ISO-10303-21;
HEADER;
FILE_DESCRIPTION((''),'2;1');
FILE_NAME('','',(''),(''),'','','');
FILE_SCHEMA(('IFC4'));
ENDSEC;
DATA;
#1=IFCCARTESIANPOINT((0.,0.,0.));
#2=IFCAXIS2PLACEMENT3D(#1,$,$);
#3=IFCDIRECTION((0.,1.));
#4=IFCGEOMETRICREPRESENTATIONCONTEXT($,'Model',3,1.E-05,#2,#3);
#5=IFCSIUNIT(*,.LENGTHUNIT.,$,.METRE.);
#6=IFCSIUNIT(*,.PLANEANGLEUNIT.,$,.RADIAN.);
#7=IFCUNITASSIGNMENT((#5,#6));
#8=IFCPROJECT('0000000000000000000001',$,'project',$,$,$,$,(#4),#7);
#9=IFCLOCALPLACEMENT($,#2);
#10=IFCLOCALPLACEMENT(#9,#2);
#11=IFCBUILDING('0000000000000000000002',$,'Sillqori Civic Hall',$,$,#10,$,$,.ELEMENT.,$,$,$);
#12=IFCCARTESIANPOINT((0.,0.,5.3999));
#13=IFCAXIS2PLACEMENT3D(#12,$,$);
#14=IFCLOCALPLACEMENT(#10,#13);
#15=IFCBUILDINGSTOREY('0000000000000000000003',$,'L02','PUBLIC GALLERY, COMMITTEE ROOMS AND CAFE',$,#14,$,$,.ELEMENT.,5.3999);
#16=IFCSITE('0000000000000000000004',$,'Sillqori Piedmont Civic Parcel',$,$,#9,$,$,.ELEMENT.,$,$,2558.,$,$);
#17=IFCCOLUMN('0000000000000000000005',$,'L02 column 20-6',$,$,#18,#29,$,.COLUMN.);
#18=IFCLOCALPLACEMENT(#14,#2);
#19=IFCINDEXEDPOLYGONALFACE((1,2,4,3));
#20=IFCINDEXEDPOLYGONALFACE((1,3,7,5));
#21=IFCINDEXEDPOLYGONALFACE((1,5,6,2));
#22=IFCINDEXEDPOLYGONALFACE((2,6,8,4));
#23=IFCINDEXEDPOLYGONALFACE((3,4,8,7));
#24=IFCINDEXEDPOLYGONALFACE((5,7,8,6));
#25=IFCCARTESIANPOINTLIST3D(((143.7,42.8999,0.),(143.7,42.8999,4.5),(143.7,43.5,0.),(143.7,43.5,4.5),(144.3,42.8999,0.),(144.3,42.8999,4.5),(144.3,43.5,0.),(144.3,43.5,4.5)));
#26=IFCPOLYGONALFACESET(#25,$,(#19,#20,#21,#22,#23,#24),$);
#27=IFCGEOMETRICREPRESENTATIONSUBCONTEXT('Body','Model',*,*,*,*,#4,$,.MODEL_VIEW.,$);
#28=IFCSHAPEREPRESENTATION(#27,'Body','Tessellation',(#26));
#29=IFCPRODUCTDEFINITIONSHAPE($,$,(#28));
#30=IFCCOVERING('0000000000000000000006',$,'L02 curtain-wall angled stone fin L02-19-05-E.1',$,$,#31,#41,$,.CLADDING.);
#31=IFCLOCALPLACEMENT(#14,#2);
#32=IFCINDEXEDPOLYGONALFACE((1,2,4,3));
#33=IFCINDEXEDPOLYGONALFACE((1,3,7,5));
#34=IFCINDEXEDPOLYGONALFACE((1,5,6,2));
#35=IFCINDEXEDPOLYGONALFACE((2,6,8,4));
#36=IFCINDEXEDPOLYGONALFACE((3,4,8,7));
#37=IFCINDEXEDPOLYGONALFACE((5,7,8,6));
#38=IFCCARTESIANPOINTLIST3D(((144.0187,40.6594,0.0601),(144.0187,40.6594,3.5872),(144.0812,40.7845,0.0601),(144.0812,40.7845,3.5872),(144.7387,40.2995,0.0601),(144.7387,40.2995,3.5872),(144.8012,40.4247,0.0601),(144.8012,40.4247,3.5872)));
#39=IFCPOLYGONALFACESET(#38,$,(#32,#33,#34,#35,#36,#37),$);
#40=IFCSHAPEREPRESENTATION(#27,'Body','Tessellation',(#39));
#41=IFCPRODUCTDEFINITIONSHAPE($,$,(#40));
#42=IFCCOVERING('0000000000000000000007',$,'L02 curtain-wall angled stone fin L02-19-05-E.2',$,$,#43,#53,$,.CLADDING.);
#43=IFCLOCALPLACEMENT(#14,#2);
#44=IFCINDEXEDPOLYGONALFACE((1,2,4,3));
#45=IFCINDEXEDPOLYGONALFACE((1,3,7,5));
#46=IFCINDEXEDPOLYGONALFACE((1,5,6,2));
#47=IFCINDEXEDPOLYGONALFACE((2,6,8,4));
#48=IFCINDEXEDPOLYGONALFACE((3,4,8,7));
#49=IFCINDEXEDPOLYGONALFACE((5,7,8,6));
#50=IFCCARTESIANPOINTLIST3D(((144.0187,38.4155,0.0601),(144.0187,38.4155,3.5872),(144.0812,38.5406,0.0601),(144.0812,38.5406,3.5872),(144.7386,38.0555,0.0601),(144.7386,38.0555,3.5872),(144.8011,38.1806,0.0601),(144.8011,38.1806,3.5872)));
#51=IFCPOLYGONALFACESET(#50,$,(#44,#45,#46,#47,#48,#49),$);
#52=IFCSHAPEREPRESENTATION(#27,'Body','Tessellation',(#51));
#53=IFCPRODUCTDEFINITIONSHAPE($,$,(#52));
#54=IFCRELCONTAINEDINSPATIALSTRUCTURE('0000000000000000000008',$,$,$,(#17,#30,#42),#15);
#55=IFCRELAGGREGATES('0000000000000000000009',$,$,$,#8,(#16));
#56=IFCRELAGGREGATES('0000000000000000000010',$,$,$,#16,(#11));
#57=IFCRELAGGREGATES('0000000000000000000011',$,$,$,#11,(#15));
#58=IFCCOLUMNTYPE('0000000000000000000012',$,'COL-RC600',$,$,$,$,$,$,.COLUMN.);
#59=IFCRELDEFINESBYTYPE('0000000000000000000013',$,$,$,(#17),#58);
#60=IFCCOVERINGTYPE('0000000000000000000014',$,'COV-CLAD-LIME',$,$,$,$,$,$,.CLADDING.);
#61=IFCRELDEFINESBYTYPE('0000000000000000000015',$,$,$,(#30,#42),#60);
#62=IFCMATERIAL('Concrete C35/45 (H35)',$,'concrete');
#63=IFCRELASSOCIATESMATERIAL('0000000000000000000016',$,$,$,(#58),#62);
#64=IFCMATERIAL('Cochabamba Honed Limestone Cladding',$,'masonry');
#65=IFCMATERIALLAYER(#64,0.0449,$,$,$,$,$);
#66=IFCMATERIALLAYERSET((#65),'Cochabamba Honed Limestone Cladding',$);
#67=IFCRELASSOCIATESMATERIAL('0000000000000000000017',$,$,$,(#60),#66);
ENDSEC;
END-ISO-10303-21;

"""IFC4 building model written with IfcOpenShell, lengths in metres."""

from ifc_helpers import new_model, si_unit, direction, frame, frame_2d, origin, origin_2d, place, context, subcontext, project, spatial, rectangle, extrude, material, layer, layer_set, material_profile, profile_set, type_object, element, save


model = new_model("IFC4")

# Units and contexts
model_context = context("Model", 3, precision=1e-05, world=origin(), true_north=direction((0.0, 1.0)))
body_context = subcontext(model_context, "Body", "Model", "MODEL_VIEW")
ifc_project = project(units=[si_unit("LENGTHUNIT", "METRE"), si_unit("PLANEANGLEUNIT", "RADIAN")], contexts=[model_context])

# Site, building, storey
site_placement = place(None, origin())
site = spatial("IfcSite", under=ifc_project, at=site_placement, Name="Sillqori Piedmont Civic Parcel", CompositionType="ELEMENT", RefElevation=2558.0)
building_placement = place(site_placement, origin())
building = spatial("IfcBuilding", under=site, at=building_placement, Name="Sillqori Civic Hall", CompositionType="ELEMENT")
storey_placement = place(building_placement, frame((0.0, 0.0, 5.3999)))
storey = spatial("IfcBuildingStorey", under=building, at=storey_placement, Name="L02", Description="PUBLIC GALLERY, COMMITTEE ROOMS AND CAFE", CompositionType="ELEMENT", Elevation=5.3999)

# Column
ifc_material_1 = material(Name="Concrete C35/45 (H35)", Category="concrete")
ifc_material_profile_1 = material_profile(ifc_material_1, rectangle(XDim=0.6001, YDim=0.6001, at=origin_2d()), Name="RC 600x600")
ifc_profile_set_1 = profile_set([ifc_material_profile_1], Name="Concrete C35/45 (H35)")
column_type = type_object("IfcColumnType", Name="COL-RC600", PredefinedType="COLUMN", material=ifc_profile_set_1)
column_placement = place(storey_placement, frame((144.0, 43.2, 0.0), z_axis=(0.0, 0.0, 1.0), x_axis=(1.0, 0.0, 0.0)))
element("IfcColumn", 1, at=column_placement, inside=storey, type_object=column_type, Name="L02 column 20-6", PredefinedType="COLUMN", context=body_context, shape_type="SweptSolid", body=[
    extrude(rectangle(XDim=0.6001, YDim=0.6001, at=origin_2d()), origin(), (0.0, 0.0, 1.0), 4.5),
])

# Coverings
ifc_material_2 = material(Name="Cochabamba Honed Limestone Cladding", Category="masonry")
ifc_layer_1 = layer(ifc_material_2, 0.0449)
ifc_layer_set_1 = layer_set([ifc_layer_1], Name="Cochabamba Honed Limestone Cladding")
covering_type = type_object("IfcCoveringType", Name="COV-CLAD-LIME", PredefinedType="CLADDING", material=ifc_layer_set_1)
for number, where, z_axis, x_axis, name in (
    (2, (144.05, 40.7219, 0.0601), (0.0, 0.0, 1.0), (0.894488, -0.447092, 0.0), "L02 curtain-wall angled stone fin L02-19-05-E.1"),
    (3, (144.05, 38.478, 0.0601), (0.0, 0.0, 1.0), (0.894367, -0.447335, 0.0), "L02 curtain-wall angled stone fin L02-19-05-E.2"),
):
    element("IfcCovering", number, at=place(storey_placement, frame(where, z_axis=z_axis, x_axis=x_axis)), inside=storey, type_object=covering_type, Name=name, PredefinedType="CLADDING", context=body_context, shape_type="SweptSolid", body=[
        extrude(rectangle(XDim=0.8049, YDim=0.1399, at=frame_2d((0.4023, 0.0))), origin(), (0.0, 0.0, 1.0), 3.5271),
    ])

save(model, "model.ifc")
